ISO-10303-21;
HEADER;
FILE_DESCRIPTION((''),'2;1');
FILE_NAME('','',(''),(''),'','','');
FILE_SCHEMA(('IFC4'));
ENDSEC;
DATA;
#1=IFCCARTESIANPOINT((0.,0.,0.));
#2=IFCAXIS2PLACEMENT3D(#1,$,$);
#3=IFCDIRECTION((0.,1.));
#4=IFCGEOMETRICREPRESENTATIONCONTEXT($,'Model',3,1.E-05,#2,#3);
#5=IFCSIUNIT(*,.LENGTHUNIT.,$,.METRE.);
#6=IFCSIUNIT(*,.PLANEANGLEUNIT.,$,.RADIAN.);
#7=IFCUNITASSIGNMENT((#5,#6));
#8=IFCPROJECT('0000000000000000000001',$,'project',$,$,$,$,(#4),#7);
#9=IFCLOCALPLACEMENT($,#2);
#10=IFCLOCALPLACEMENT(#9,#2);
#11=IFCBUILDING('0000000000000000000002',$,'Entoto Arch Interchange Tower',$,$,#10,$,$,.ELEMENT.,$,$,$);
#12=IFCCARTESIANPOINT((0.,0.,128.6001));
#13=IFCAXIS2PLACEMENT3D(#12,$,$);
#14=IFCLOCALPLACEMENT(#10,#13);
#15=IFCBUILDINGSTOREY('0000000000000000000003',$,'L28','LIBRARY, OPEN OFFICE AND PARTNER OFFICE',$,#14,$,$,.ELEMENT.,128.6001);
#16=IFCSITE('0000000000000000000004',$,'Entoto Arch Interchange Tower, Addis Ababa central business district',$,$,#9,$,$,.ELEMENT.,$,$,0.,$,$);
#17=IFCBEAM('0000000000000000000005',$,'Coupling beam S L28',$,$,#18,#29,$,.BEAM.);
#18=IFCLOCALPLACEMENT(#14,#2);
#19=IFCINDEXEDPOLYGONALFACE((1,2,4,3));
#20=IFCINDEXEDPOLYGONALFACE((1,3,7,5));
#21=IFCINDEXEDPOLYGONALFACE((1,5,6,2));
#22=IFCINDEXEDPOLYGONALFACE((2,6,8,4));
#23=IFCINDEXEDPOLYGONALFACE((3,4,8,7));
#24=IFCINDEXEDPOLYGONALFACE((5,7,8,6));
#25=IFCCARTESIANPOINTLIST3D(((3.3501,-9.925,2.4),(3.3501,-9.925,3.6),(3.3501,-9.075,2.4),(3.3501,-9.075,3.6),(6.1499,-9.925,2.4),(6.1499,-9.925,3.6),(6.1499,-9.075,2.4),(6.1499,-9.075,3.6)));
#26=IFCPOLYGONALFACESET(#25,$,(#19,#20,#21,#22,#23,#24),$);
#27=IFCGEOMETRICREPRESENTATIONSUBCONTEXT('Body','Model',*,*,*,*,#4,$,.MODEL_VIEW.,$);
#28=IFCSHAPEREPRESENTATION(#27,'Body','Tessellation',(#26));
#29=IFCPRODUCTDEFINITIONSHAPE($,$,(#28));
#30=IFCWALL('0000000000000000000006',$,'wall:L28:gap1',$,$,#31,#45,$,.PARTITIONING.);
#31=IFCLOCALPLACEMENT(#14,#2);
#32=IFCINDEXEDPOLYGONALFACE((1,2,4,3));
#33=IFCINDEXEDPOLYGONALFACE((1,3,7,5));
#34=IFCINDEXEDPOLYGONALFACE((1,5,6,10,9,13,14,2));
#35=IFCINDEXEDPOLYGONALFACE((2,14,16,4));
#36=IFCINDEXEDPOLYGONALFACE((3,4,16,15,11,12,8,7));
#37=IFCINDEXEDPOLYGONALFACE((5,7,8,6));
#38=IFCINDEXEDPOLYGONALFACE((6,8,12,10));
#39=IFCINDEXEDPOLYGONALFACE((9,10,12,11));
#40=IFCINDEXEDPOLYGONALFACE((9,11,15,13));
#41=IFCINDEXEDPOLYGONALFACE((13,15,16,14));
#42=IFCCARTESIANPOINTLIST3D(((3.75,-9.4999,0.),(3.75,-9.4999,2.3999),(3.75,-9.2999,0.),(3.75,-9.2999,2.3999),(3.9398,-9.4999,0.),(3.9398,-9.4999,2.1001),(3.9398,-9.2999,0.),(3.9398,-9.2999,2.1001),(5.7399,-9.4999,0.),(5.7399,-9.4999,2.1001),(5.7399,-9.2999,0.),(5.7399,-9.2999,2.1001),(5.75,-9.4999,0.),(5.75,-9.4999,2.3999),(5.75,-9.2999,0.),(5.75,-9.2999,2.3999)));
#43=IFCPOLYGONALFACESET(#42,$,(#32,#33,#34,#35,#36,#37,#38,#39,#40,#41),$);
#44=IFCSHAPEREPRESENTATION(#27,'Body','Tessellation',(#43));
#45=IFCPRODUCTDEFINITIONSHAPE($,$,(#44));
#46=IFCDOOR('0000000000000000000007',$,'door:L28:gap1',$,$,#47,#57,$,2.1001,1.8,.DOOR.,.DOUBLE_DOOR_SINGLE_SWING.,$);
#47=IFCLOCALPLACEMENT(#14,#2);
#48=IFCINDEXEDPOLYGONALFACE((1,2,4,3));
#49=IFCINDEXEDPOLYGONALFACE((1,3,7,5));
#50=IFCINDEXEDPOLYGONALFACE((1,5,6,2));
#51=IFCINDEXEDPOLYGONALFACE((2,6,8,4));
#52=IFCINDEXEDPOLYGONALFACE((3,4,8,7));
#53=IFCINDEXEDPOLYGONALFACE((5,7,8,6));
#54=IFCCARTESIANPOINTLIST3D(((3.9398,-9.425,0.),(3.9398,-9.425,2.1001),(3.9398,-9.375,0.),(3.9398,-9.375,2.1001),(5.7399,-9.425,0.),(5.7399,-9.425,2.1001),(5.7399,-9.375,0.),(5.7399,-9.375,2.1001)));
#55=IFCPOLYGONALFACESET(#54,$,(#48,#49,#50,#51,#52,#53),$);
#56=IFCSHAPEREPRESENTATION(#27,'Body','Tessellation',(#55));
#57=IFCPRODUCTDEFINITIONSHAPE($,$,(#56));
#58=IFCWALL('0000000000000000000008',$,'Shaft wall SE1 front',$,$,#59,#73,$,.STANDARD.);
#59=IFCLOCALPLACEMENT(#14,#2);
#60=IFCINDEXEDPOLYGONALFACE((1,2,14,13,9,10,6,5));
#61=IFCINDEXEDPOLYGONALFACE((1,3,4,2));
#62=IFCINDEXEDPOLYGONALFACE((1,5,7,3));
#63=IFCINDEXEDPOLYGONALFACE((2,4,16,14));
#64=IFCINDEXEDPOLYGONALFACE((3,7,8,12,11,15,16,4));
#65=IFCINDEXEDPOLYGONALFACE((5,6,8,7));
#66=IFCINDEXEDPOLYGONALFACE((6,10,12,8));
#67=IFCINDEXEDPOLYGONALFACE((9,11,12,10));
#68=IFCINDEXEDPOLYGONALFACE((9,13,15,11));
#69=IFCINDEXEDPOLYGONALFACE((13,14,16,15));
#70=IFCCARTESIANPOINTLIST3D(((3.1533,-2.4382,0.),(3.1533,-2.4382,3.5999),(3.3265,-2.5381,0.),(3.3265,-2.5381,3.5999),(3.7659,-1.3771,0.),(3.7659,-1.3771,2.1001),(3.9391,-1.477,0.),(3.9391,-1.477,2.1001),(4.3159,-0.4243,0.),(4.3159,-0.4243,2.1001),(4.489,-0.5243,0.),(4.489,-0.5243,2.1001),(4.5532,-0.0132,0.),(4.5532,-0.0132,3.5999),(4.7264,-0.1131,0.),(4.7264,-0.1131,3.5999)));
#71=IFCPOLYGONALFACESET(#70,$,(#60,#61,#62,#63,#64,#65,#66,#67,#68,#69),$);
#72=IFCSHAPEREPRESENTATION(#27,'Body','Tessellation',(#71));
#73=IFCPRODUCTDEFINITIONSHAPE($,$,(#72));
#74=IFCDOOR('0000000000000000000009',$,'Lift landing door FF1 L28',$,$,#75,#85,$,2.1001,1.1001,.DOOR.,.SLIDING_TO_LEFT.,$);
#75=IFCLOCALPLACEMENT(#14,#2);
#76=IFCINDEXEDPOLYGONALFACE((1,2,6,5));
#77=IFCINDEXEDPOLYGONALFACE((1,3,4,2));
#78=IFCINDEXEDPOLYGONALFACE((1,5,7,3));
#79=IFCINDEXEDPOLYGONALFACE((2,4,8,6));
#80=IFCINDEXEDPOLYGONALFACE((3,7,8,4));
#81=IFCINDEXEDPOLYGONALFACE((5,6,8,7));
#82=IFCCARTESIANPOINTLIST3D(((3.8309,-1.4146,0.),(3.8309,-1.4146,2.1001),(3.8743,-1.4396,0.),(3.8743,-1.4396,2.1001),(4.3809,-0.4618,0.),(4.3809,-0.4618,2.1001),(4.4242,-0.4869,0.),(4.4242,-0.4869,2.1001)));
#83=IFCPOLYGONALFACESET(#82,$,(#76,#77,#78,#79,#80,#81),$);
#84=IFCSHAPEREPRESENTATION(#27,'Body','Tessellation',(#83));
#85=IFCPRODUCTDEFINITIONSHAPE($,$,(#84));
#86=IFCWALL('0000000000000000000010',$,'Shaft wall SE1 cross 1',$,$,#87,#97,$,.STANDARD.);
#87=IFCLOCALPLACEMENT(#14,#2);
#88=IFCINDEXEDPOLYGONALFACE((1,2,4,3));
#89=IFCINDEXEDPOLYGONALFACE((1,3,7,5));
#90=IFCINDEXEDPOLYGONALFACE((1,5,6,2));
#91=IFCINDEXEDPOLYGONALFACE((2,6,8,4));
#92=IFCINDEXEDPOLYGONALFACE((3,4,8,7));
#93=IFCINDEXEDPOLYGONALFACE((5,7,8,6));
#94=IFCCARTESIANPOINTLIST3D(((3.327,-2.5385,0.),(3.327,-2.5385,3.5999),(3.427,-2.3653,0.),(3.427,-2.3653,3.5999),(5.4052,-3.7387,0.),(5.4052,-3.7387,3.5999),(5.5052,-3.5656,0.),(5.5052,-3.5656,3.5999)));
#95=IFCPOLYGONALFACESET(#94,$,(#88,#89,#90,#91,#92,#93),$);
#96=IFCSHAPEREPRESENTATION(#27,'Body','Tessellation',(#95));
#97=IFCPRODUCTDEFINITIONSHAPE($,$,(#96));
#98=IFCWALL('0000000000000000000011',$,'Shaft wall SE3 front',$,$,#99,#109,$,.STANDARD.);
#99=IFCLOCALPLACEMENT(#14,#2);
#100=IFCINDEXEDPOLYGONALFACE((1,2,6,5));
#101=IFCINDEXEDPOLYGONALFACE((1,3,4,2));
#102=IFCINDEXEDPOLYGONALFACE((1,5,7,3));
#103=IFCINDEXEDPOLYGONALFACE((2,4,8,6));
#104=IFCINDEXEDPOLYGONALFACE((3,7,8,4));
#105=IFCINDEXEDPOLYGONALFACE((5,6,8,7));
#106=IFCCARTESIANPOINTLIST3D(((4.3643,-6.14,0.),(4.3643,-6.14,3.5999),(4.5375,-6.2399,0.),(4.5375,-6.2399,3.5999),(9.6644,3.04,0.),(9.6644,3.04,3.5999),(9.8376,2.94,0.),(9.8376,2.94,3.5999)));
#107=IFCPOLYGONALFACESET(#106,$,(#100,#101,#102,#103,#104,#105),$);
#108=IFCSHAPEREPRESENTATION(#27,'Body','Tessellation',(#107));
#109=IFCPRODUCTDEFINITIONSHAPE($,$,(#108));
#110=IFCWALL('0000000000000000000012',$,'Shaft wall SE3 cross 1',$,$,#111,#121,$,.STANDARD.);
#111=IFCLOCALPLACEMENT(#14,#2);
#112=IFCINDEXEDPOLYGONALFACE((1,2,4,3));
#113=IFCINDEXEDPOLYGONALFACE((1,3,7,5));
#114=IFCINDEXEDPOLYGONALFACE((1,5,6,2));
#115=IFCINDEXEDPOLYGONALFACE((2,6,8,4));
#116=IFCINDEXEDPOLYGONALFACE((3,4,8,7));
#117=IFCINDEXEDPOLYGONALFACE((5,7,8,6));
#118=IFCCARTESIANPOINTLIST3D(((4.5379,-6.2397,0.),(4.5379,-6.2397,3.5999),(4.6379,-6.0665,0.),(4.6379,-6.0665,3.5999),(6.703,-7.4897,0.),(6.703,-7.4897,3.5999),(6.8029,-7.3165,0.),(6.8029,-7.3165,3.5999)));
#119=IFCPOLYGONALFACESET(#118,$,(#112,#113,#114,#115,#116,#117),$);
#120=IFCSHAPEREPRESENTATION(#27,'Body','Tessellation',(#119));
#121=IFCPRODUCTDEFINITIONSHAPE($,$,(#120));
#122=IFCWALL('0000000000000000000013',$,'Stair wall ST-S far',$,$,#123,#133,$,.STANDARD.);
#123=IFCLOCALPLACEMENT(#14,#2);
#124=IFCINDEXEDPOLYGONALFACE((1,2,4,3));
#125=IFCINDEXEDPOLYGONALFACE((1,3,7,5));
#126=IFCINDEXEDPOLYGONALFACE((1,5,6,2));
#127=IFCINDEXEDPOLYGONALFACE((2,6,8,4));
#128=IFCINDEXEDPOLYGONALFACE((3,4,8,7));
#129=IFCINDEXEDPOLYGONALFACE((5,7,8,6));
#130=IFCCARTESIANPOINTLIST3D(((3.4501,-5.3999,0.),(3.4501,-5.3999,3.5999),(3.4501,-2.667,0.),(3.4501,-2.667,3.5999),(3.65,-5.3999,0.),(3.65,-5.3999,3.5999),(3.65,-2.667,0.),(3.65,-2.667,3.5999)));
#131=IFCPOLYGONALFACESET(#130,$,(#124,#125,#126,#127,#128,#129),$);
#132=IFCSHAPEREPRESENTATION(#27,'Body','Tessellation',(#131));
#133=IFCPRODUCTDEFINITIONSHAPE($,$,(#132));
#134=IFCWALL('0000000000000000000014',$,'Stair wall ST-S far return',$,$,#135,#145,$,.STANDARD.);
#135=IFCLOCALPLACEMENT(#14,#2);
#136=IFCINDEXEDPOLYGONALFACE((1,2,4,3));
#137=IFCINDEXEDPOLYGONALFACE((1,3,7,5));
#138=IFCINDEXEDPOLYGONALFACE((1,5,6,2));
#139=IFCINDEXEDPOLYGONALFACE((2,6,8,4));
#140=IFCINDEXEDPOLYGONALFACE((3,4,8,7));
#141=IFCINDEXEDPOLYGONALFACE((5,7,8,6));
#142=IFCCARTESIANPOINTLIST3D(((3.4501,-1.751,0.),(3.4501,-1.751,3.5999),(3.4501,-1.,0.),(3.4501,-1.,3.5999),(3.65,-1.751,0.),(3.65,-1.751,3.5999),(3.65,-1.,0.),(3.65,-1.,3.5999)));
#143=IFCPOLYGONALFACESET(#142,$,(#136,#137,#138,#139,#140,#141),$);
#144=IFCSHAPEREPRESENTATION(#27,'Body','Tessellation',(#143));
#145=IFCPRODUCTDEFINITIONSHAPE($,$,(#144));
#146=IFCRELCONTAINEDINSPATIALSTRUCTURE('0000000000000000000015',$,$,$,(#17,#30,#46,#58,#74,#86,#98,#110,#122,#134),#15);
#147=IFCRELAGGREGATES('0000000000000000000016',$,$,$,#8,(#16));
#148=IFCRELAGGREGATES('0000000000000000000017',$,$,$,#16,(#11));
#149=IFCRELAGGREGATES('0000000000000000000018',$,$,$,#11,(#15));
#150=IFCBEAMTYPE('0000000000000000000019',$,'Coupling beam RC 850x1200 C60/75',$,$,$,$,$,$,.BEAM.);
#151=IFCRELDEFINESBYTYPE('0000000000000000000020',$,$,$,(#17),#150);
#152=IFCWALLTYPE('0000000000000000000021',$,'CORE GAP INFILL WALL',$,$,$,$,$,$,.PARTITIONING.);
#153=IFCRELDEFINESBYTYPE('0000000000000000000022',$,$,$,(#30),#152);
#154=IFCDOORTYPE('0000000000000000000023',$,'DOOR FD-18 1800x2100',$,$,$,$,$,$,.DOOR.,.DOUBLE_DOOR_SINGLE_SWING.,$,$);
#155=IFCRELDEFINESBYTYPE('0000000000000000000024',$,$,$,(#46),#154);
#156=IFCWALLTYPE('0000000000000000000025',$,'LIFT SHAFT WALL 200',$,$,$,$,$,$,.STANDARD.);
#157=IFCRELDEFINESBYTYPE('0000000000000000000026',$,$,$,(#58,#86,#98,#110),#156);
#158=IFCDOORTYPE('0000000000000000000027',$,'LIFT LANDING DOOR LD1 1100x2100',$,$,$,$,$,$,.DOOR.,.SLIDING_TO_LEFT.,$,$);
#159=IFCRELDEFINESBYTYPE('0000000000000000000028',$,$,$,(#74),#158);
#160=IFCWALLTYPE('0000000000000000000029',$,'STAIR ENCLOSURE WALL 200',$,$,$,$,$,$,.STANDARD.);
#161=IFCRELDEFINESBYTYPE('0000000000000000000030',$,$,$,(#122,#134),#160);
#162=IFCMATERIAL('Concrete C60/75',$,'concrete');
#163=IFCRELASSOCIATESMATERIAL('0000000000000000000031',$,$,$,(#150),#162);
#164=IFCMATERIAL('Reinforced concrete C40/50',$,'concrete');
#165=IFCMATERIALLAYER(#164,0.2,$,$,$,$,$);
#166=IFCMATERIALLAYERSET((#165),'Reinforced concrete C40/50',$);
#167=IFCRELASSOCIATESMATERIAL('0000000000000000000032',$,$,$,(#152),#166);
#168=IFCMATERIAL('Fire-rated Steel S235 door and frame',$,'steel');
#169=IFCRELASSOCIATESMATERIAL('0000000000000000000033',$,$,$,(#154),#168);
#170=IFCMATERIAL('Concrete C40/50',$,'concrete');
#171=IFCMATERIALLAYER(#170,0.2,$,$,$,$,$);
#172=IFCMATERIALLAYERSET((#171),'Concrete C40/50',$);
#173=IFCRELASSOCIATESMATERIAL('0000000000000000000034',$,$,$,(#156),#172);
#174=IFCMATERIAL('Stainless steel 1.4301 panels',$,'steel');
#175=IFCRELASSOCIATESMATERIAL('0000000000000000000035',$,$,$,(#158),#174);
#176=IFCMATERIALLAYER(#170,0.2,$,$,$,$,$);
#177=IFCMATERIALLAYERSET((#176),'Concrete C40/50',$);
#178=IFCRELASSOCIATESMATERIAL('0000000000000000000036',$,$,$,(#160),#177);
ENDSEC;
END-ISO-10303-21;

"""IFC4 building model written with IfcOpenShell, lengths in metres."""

from ifc_helpers import new_model, si_unit, direction, frame, frame_2d, origin, origin_2d, place, context, subcontext, project, spatial, rectangle, extrude, material, layer, layer_set, material_profile, profile_set, type_object, element, fill, save


model = new_model("IFC4")

# Units and contexts
model_context = context("Model", 3, precision=1e-05, world=origin(), true_north=direction((0.0, 1.0)))
body_context = subcontext(model_context, "Body", "Model", "MODEL_VIEW")
ifc_project = project(units=[si_unit("LENGTHUNIT", "METRE"), si_unit("PLANEANGLEUNIT", "RADIAN")], contexts=[model_context])

# Site, building, storey
site_placement = place(None, origin())
site = spatial("IfcSite", under=ifc_project, at=site_placement, Name="Entoto Arch Interchange Tower, Addis Ababa central business district", CompositionType="ELEMENT", RefElevation=0.0)
building_placement = place(site_placement, origin())
building = spatial("IfcBuilding", under=site, at=building_placement, Name="Entoto Arch Interchange Tower", CompositionType="ELEMENT")
storey_placement = place(building_placement, frame((0.0, 0.0, 128.6001)))
storey = spatial("IfcBuildingStorey", under=building, at=storey_placement, Name="L28", Description="LIBRARY, OPEN OFFICE AND PARTNER OFFICE", CompositionType="ELEMENT", Elevation=128.6001)

# Beam
ifc_material_1 = material(Name="Concrete C60/75", Category="concrete")
ifc_material_profile = material_profile(ifc_material_1, rectangle(XDim=0.8501, YDim=1.2, at=origin_2d()))
ifc_profile_set = profile_set([ifc_material_profile], Name="Concrete C60/75")
beam_type = type_object("IfcBeamType", Name="Coupling beam RC 850x1200 C60/75", PredefinedType="BEAM", material=ifc_profile_set)
beam_placement = place(storey_placement, frame((3.3501, -9.5, 3.0), z_axis=(1.0, 0.0, 0.0), x_axis=(0.0, 1.0, 0.0)))
element("IfcBeam", 1, at=beam_placement, inside=storey, type_object=beam_type, Name="Coupling beam S L28", PredefinedType="BEAM", context=body_context, shape_type="SweptSolid", body=[
    extrude(rectangle(XDim=0.8501, YDim=1.2, at=origin_2d()), origin(), (0.0, 0.0, 1.0), 2.7998),
])

# Walls, openings, doors
ifc_material_2 = material(Name="Reinforced concrete C40/50", Category="concrete")
ifc_layer_1 = layer(ifc_material_2, 0.2)
ifc_layer_set_1 = layer_set([ifc_layer_1], Name="Reinforced concrete C40/50")
wall_type_1 = type_object("IfcWallType", Name="CORE GAP INFILL WALL", PredefinedType="PARTITIONING", material=ifc_layer_set_1)
wall_1_placement = place(storey_placement, frame((3.75, -9.3999, 0.0), z_axis=(0.0, 0.0, 1.0), x_axis=(1.0, 0.0, 0.0)))
wall_1 = element("IfcWall", 2, at=wall_1_placement, inside=storey, type_object=wall_type_1, Name="wall:L28:gap1", PredefinedType="PARTITIONING", context=body_context, shape_type="SweptSolid", body=[
    extrude(rectangle(XDim=2.0, YDim=0.2, at=frame_2d((1.0, 0.0))), origin(), (0.0, 0.0, 1.0), 2.3999),
])
opening_1_placement = place(wall_1_placement, frame((0.1899, 0.0, 0.0)))
opening_1 = element("IfcOpeningElement", 3, at=opening_1_placement, cuts=wall_1, PredefinedType="OPENING", context=body_context, shape_type="SweptSolid", body=[
    extrude(rectangle(XDim=1.8, YDim=2.1001, at=frame_2d((0.8999, 1.05))), frame((0.0, 0.1099, 0.0), z_axis=(0.0, -1.0, 0.0), x_axis=(1.0, 0.0, 0.0)), (0.0, 0.0, 1.0), 0.22),
])
ifc_material_3 = material(Name="Fire-rated Steel S235 door and frame", Category="steel")
door_type_1 = type_object("IfcDoorType", Name="DOOR FD-18 1800x2100", OperationType="DOUBLE_DOOR_SINGLE_SWING", PredefinedType="DOOR", material=ifc_material_3)
door_1_placement = place(opening_1_placement, origin())
door_1 = element("IfcDoor", 4, at=door_1_placement, inside=storey, type_object=door_type_1, Name="door:L28:gap1", OperationType="DOUBLE_DOOR_SINGLE_SWING", OverallHeight=2.1001, OverallWidth=1.8, PredefinedType="DOOR", context=body_context, shape_type="SweptSolid", body=[
    extrude(rectangle(XDim=1.8, YDim=2.1001, at=frame_2d((0.8999, 1.05))), frame((0.0, 0.0249, 0.0), z_axis=(0.0, -1.0, 0.0), x_axis=(1.0, 0.0, 0.0)), (0.0, 0.0, 1.0), 0.05),
])
fill(opening_1, door_1)
ifc_material_4 = material(Name="Concrete C40/50", Category="concrete")
ifc_layer_2 = layer(ifc_material_4, 0.2)
ifc_layer_set_2 = layer_set([ifc_layer_2], Name="Concrete C40/50")
wall_type_2 = type_object("IfcWallType", Name="LIFT SHAFT WALL 200", PredefinedType="STANDARD", material=ifc_layer_set_2)
wall_2_placement = place(storey_placement, frame((3.24, -2.488, 0.0), z_axis=(0.0, 0.0, 1.0), x_axis=(0.499946, 0.866056, 0.0)))
wall_2 = element("IfcWall", 5, at=wall_2_placement, inside=storey, type_object=wall_type_2, Name="Shaft wall SE1 front", PredefinedType="STANDARD", context=body_context, shape_type="SweptSolid", body=[
    extrude(rectangle(XDim=2.8, YDim=0.2, at=frame_2d((1.3999, 0.0))), origin(), (0.0, 0.0, 1.0), 3.5999),
])
opening_2_placement = place(wall_2_placement, frame((1.2251, 0.0, 0.0)))
opening_2 = element("IfcOpeningElement", 6, at=opening_2_placement, cuts=wall_2, PredefinedType="OPENING", context=body_context, shape_type="SweptSolid", body=[
    extrude(rectangle(XDim=1.1001, YDim=2.1001, at=frame_2d((0.55, 1.05))), frame((0.0, 0.1099, 0.0), z_axis=(0.0, -1.0, 0.0), x_axis=(1.0, 0.0, 0.0)), (0.0, 0.0, 1.0), 0.22),
])
ifc_material_5 = material(Name="Stainless steel 1.4301 panels", Category="steel")
door_type_2 = type_object("IfcDoorType", Name="LIFT LANDING DOOR LD1 1100x2100", OperationType="SLIDING_TO_LEFT", PredefinedType="DOOR", material=ifc_material_5)
door_2_placement = place(opening_2_placement, origin())
door_2 = element("IfcDoor", 7, at=door_2_placement, inside=storey, type_object=door_type_2, Name="Lift landing door FF1 L28", OperationType="SLIDING_TO_LEFT", OverallHeight=2.1001, OverallWidth=1.1001, PredefinedType="DOOR", context=body_context, shape_type="SweptSolid", body=[
    extrude(rectangle(XDim=1.1001, YDim=2.1001, at=frame_2d((0.55, 1.05))), frame((0.0, 0.0249, 0.0), z_axis=(0.0, -1.0, 0.0), x_axis=(1.0, 0.0, 0.0)), (0.0, 0.0, 1.0), 0.05),
])
fill(opening_2, door_2)

# Walls
wall_3_placement = place(storey_placement, frame((3.377, -2.4519, 0.0), z_axis=(0.0, 0.0, 1.0), x_axis=(0.865955, -0.500122, 0.0)))
element("IfcWall", 8, at=wall_3_placement, inside=storey, type_object=wall_type_2, Name="Shaft wall SE1 cross 1", PredefinedType="STANDARD", context=body_context, shape_type="SweptSolid", body=[
    extrude(rectangle(XDim=2.3999, YDim=0.2, at=frame_2d((1.2, 0.0))), origin(), (0.0, 0.0, 1.0), 3.5999),
])
wall_4_placement = place(storey_placement, frame((4.4509, -6.1899, 0.0), z_axis=(0.0, 0.0, 1.0), x_axis=(0.500001, 0.866025, 0.0)))
element("IfcWall", 9, at=wall_4_placement, inside=storey, type_object=wall_type_2, Name="Shaft wall SE3 front", PredefinedType="STANDARD", context=body_context, shape_type="SweptSolid", body=[
    extrude(rectangle(XDim=10.6001, YDim=0.2, at=frame_2d((5.3, 0.0))), origin(), (0.0, 0.0, 1.0), 3.5999),
])
wall_5_placement = place(storey_placement, frame((4.5879, -6.1531, 0.0), z_axis=(0.0, 0.0, 1.0), x_axis=(0.866023, -0.500004, 0.0)))
element("IfcWall", 10, at=wall_5_placement, inside=storey, type_object=wall_type_2, Name="Shaft wall SE3 cross 1", PredefinedType="STANDARD", context=body_context, shape_type="SweptSolid", body=[
    extrude(rectangle(XDim=2.5, YDim=0.2, at=frame_2d((1.25, 0.0))), origin(), (0.0, 0.0, 1.0), 3.5999),
])
ifc_layer_3 = layer(ifc_material_4, 0.2)
ifc_layer_set_3 = layer_set([ifc_layer_3], Name="Concrete C40/50")
wall_type_3 = type_object("IfcWallType", Name="STAIR ENCLOSURE WALL 200", PredefinedType="STANDARD", material=ifc_layer_set_3)
wall_6_placement = place(storey_placement, frame((3.55, -2.667, 0.0), z_axis=(0.0, 0.0, 1.0), x_axis=(0.0, -1.0, 0.0)))
element("IfcWall", 11, at=wall_6_placement, inside=storey, type_object=wall_type_3, Name="Stair wall ST-S far", PredefinedType="STANDARD", context=body_context, shape_type="SweptSolid", body=[
    extrude(rectangle(XDim=2.7329, YDim=0.2, at=frame_2d((1.3665, 0.0))), origin(), (0.0, 0.0, 1.0), 3.5999),
])
wall_7_placement = place(storey_placement, frame((3.55, -1.0, 0.0), z_axis=(0.0, 0.0, 1.0), x_axis=(0.0, -1.0, 0.0)))
element("IfcWall", 12, at=wall_7_placement, inside=storey, type_object=wall_type_3, Name="Stair wall ST-S far return", PredefinedType="STANDARD", context=body_context, shape_type="SweptSolid", body=[
    extrude(rectangle(XDim=0.751, YDim=0.2, at=frame_2d((0.3755, 0.0))), origin(), (0.0, 0.0, 1.0), 3.5999),
])

save(model, "model.ifc")
